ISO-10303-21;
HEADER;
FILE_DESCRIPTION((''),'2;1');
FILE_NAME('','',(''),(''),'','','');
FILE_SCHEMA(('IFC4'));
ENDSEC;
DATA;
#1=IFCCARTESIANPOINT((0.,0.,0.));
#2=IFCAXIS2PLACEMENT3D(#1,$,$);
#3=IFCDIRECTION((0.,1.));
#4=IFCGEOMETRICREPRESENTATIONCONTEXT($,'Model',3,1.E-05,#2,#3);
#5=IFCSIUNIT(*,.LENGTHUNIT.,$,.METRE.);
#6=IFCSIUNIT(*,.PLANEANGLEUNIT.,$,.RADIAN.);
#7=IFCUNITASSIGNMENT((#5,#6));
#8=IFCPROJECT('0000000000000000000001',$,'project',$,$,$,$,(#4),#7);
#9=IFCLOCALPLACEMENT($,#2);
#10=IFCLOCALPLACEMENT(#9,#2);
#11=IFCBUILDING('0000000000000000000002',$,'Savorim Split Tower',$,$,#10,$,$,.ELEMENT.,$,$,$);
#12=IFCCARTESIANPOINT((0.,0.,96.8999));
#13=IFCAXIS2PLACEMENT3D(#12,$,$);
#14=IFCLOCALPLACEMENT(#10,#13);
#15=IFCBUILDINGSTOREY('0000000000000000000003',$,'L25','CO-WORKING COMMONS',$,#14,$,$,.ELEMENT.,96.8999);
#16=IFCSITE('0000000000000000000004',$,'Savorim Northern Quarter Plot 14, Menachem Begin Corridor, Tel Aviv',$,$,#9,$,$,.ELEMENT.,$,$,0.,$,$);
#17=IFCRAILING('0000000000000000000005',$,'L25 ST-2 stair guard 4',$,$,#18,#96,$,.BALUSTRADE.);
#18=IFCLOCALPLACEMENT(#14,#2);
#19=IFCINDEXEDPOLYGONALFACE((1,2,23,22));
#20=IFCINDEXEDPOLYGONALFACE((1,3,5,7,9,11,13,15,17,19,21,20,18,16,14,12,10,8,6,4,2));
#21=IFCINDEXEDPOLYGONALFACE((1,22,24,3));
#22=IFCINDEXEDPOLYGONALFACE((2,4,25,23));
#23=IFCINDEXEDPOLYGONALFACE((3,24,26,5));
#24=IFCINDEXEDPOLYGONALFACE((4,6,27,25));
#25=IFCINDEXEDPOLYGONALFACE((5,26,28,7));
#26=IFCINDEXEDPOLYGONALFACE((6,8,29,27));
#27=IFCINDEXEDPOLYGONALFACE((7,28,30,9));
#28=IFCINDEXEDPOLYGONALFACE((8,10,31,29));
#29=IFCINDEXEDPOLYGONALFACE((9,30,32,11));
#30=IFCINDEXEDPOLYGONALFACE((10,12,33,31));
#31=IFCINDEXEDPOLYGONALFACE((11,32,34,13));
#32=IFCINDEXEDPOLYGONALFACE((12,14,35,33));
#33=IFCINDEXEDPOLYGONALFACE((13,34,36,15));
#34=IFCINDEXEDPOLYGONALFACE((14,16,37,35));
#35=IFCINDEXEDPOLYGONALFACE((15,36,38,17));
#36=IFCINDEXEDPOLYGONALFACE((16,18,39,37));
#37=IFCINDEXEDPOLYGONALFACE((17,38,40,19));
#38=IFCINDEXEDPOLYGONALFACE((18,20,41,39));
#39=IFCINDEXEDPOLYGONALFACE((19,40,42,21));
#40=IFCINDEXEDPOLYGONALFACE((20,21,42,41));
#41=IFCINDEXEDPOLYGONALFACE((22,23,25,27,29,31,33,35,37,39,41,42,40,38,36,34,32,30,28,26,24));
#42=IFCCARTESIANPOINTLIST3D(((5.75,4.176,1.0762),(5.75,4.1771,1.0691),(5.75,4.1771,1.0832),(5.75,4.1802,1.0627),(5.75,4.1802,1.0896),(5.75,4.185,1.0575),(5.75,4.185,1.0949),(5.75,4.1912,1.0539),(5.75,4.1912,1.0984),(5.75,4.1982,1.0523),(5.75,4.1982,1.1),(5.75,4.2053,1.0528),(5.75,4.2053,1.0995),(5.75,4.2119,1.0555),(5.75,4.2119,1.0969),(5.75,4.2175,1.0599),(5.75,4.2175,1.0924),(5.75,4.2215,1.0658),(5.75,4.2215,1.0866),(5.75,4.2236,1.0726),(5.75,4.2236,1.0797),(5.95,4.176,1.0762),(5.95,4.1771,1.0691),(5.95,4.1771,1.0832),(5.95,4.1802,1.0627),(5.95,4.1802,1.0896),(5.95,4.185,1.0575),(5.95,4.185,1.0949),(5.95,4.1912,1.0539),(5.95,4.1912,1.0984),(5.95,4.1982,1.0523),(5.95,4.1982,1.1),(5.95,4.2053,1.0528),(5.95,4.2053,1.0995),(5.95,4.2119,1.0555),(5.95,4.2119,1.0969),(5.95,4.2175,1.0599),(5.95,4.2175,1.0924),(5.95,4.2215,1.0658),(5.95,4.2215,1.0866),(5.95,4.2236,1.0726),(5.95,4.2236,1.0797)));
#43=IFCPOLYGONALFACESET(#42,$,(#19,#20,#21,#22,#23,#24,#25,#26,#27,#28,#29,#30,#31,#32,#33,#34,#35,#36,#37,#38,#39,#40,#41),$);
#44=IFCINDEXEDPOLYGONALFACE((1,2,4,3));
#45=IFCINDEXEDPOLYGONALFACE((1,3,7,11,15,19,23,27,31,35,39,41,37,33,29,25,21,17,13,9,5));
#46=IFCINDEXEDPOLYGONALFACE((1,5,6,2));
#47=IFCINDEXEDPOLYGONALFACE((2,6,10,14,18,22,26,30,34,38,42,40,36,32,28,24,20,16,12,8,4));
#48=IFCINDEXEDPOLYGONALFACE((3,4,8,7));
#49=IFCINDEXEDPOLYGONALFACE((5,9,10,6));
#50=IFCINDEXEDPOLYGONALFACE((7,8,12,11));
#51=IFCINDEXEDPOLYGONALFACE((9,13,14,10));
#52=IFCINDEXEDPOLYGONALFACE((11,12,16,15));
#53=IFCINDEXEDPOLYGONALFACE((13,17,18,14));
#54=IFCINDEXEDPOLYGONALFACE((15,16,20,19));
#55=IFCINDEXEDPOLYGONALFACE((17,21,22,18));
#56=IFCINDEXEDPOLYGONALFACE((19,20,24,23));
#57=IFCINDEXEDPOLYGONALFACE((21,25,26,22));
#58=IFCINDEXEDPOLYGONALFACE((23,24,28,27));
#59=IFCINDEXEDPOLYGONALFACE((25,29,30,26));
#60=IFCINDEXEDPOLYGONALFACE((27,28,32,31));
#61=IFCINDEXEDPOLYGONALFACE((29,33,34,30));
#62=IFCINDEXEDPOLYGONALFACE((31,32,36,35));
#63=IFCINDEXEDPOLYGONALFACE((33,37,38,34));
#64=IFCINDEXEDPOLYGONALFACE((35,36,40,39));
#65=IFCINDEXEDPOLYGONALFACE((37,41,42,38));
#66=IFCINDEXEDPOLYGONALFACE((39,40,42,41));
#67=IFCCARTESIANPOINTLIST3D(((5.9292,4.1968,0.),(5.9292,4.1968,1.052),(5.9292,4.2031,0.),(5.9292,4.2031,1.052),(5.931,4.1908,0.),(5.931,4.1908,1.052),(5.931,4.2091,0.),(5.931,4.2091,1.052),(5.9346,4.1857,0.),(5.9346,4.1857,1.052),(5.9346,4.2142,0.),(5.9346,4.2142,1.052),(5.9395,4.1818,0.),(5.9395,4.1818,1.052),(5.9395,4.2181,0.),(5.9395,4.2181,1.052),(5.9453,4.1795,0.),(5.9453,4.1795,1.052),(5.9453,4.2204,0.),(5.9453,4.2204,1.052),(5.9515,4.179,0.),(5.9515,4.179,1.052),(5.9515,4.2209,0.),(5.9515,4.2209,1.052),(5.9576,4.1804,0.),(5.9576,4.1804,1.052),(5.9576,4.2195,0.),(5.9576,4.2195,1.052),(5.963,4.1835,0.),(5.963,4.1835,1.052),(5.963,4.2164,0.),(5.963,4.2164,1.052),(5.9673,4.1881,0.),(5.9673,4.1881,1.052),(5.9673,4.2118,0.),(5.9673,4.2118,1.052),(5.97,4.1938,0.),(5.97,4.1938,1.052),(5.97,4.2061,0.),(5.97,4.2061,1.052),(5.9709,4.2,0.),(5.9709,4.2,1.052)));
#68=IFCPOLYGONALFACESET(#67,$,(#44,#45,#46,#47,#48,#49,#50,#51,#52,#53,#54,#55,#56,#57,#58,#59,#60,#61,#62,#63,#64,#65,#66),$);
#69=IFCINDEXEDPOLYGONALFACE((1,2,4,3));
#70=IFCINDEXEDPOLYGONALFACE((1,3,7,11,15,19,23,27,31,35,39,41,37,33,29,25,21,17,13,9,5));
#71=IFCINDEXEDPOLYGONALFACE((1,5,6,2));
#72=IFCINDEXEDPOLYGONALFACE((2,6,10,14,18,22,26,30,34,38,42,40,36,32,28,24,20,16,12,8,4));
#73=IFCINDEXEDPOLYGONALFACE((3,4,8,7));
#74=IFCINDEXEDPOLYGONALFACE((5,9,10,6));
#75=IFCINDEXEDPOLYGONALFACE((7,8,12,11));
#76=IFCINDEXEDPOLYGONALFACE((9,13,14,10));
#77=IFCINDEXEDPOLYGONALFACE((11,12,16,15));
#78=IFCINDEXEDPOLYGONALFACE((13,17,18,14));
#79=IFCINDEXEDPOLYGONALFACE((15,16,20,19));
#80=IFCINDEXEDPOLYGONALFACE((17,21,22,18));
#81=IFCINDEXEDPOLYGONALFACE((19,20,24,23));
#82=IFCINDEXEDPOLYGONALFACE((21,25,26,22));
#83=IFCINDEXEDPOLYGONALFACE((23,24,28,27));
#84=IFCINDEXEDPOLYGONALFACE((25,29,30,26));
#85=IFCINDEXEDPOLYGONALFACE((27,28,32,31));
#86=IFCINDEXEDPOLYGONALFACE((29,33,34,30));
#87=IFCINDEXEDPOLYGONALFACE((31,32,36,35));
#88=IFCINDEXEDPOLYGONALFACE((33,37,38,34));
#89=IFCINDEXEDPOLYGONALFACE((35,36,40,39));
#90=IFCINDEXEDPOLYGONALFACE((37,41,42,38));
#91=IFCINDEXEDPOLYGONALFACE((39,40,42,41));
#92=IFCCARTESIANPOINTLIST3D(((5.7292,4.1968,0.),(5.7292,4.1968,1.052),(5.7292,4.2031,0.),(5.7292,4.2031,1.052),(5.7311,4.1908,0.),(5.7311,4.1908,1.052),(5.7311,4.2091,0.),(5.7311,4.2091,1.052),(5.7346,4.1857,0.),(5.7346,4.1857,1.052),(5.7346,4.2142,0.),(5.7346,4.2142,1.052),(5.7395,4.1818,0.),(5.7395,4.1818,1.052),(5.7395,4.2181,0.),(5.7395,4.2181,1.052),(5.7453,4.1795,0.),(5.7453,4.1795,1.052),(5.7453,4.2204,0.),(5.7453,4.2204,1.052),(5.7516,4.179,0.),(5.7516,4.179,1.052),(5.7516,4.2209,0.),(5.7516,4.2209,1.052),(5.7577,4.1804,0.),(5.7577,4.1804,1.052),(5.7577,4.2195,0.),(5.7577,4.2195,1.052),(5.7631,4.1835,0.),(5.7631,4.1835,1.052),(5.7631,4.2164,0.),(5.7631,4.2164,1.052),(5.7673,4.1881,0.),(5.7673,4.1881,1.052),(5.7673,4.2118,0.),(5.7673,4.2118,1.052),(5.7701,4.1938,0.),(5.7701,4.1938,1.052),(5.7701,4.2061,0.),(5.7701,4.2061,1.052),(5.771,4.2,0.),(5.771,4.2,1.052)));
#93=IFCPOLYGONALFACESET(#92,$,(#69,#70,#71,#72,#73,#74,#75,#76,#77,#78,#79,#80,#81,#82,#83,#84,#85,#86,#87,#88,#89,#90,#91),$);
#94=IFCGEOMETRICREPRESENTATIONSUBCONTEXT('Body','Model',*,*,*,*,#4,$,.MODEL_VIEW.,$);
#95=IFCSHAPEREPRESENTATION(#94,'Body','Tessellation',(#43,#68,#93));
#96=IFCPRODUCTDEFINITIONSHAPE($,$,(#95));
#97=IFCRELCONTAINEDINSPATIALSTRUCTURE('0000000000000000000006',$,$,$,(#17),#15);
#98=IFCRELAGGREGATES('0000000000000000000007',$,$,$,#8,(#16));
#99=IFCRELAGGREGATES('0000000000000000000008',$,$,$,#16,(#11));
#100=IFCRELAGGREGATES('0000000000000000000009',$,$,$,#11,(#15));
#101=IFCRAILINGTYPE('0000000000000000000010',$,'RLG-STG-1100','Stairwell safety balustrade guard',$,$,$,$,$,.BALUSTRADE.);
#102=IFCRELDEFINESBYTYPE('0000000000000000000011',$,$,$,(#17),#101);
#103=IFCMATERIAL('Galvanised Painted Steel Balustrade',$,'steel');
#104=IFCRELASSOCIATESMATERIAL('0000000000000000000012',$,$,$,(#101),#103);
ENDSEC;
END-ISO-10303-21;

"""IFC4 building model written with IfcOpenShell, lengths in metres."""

from ifc_helpers import new_model, si_unit, direction, frame, origin, origin_2d, place, context, subcontext, project, spatial, circle, extrude, material, type_object, element, save


model = new_model("IFC4")

# Units and contexts
model_context = context("Model", 3, precision=1e-05, world=origin(), true_north=direction((0.0, 1.0)))
body_context = subcontext(model_context, "Body", "Model", "MODEL_VIEW")
ifc_project = project(units=[si_unit("LENGTHUNIT", "METRE"), si_unit("PLANEANGLEUNIT", "RADIAN")], contexts=[model_context])

# Site, building, storey
site_placement = place(None, origin())
site = spatial("IfcSite", under=ifc_project, at=site_placement, Name="Savorim Northern Quarter Plot 14, Menachem Begin Corridor, Tel Aviv", CompositionType="ELEMENT", RefElevation=0.0)
building_placement = place(site_placement, origin())
building = spatial("IfcBuilding", under=site, at=building_placement, Name="Savorim Split Tower", CompositionType="ELEMENT")
storey_placement = place(building_placement, frame((0.0, 0.0, 96.8999)))
storey = spatial("IfcBuildingStorey", under=building, at=storey_placement, Name="L25", Description="CO-WORKING COMMONS", CompositionType="ELEMENT", Elevation=96.8999)

# Railing
ifc_material_1 = material(Name="Galvanised Painted Steel Balustrade", Category="steel")
railing_type_1 = type_object("IfcRailingType", Name="RLG-STG-1100", Description="Stairwell safety balustrade guard", PredefinedType="BALUSTRADE", material=ifc_material_1)
railing_1_placement = place(storey_placement, frame((5.95, 4.2, 0.0)))
element("IfcRailing", 1, at=railing_1_placement, inside=storey, type_object=railing_type_1, Name="L25 ST-2 stair guard 4", PredefinedType="BALUSTRADE", context=body_context, shape_type="SweptSolid", body=[
    extrude(circle(Radius=0.0239, at=origin_2d()), frame((0.0, 0.0, 1.0762), z_axis=(-1.0, 0.0, 0.0), x_axis=(0.0, -1.0, 0.0)), (0.0, 0.0, 1.0), 0.2),
    extrude(circle(Radius=0.021, at=origin_2d()), origin(), (0.0, 0.0, 1.0), 1.052),
    extrude(circle(Radius=0.021, at=origin_2d()), frame((-0.2, 0.0, 0.0)), (0.0, 0.0, 1.0), 1.052),
])

save(model, "model.ifc")
